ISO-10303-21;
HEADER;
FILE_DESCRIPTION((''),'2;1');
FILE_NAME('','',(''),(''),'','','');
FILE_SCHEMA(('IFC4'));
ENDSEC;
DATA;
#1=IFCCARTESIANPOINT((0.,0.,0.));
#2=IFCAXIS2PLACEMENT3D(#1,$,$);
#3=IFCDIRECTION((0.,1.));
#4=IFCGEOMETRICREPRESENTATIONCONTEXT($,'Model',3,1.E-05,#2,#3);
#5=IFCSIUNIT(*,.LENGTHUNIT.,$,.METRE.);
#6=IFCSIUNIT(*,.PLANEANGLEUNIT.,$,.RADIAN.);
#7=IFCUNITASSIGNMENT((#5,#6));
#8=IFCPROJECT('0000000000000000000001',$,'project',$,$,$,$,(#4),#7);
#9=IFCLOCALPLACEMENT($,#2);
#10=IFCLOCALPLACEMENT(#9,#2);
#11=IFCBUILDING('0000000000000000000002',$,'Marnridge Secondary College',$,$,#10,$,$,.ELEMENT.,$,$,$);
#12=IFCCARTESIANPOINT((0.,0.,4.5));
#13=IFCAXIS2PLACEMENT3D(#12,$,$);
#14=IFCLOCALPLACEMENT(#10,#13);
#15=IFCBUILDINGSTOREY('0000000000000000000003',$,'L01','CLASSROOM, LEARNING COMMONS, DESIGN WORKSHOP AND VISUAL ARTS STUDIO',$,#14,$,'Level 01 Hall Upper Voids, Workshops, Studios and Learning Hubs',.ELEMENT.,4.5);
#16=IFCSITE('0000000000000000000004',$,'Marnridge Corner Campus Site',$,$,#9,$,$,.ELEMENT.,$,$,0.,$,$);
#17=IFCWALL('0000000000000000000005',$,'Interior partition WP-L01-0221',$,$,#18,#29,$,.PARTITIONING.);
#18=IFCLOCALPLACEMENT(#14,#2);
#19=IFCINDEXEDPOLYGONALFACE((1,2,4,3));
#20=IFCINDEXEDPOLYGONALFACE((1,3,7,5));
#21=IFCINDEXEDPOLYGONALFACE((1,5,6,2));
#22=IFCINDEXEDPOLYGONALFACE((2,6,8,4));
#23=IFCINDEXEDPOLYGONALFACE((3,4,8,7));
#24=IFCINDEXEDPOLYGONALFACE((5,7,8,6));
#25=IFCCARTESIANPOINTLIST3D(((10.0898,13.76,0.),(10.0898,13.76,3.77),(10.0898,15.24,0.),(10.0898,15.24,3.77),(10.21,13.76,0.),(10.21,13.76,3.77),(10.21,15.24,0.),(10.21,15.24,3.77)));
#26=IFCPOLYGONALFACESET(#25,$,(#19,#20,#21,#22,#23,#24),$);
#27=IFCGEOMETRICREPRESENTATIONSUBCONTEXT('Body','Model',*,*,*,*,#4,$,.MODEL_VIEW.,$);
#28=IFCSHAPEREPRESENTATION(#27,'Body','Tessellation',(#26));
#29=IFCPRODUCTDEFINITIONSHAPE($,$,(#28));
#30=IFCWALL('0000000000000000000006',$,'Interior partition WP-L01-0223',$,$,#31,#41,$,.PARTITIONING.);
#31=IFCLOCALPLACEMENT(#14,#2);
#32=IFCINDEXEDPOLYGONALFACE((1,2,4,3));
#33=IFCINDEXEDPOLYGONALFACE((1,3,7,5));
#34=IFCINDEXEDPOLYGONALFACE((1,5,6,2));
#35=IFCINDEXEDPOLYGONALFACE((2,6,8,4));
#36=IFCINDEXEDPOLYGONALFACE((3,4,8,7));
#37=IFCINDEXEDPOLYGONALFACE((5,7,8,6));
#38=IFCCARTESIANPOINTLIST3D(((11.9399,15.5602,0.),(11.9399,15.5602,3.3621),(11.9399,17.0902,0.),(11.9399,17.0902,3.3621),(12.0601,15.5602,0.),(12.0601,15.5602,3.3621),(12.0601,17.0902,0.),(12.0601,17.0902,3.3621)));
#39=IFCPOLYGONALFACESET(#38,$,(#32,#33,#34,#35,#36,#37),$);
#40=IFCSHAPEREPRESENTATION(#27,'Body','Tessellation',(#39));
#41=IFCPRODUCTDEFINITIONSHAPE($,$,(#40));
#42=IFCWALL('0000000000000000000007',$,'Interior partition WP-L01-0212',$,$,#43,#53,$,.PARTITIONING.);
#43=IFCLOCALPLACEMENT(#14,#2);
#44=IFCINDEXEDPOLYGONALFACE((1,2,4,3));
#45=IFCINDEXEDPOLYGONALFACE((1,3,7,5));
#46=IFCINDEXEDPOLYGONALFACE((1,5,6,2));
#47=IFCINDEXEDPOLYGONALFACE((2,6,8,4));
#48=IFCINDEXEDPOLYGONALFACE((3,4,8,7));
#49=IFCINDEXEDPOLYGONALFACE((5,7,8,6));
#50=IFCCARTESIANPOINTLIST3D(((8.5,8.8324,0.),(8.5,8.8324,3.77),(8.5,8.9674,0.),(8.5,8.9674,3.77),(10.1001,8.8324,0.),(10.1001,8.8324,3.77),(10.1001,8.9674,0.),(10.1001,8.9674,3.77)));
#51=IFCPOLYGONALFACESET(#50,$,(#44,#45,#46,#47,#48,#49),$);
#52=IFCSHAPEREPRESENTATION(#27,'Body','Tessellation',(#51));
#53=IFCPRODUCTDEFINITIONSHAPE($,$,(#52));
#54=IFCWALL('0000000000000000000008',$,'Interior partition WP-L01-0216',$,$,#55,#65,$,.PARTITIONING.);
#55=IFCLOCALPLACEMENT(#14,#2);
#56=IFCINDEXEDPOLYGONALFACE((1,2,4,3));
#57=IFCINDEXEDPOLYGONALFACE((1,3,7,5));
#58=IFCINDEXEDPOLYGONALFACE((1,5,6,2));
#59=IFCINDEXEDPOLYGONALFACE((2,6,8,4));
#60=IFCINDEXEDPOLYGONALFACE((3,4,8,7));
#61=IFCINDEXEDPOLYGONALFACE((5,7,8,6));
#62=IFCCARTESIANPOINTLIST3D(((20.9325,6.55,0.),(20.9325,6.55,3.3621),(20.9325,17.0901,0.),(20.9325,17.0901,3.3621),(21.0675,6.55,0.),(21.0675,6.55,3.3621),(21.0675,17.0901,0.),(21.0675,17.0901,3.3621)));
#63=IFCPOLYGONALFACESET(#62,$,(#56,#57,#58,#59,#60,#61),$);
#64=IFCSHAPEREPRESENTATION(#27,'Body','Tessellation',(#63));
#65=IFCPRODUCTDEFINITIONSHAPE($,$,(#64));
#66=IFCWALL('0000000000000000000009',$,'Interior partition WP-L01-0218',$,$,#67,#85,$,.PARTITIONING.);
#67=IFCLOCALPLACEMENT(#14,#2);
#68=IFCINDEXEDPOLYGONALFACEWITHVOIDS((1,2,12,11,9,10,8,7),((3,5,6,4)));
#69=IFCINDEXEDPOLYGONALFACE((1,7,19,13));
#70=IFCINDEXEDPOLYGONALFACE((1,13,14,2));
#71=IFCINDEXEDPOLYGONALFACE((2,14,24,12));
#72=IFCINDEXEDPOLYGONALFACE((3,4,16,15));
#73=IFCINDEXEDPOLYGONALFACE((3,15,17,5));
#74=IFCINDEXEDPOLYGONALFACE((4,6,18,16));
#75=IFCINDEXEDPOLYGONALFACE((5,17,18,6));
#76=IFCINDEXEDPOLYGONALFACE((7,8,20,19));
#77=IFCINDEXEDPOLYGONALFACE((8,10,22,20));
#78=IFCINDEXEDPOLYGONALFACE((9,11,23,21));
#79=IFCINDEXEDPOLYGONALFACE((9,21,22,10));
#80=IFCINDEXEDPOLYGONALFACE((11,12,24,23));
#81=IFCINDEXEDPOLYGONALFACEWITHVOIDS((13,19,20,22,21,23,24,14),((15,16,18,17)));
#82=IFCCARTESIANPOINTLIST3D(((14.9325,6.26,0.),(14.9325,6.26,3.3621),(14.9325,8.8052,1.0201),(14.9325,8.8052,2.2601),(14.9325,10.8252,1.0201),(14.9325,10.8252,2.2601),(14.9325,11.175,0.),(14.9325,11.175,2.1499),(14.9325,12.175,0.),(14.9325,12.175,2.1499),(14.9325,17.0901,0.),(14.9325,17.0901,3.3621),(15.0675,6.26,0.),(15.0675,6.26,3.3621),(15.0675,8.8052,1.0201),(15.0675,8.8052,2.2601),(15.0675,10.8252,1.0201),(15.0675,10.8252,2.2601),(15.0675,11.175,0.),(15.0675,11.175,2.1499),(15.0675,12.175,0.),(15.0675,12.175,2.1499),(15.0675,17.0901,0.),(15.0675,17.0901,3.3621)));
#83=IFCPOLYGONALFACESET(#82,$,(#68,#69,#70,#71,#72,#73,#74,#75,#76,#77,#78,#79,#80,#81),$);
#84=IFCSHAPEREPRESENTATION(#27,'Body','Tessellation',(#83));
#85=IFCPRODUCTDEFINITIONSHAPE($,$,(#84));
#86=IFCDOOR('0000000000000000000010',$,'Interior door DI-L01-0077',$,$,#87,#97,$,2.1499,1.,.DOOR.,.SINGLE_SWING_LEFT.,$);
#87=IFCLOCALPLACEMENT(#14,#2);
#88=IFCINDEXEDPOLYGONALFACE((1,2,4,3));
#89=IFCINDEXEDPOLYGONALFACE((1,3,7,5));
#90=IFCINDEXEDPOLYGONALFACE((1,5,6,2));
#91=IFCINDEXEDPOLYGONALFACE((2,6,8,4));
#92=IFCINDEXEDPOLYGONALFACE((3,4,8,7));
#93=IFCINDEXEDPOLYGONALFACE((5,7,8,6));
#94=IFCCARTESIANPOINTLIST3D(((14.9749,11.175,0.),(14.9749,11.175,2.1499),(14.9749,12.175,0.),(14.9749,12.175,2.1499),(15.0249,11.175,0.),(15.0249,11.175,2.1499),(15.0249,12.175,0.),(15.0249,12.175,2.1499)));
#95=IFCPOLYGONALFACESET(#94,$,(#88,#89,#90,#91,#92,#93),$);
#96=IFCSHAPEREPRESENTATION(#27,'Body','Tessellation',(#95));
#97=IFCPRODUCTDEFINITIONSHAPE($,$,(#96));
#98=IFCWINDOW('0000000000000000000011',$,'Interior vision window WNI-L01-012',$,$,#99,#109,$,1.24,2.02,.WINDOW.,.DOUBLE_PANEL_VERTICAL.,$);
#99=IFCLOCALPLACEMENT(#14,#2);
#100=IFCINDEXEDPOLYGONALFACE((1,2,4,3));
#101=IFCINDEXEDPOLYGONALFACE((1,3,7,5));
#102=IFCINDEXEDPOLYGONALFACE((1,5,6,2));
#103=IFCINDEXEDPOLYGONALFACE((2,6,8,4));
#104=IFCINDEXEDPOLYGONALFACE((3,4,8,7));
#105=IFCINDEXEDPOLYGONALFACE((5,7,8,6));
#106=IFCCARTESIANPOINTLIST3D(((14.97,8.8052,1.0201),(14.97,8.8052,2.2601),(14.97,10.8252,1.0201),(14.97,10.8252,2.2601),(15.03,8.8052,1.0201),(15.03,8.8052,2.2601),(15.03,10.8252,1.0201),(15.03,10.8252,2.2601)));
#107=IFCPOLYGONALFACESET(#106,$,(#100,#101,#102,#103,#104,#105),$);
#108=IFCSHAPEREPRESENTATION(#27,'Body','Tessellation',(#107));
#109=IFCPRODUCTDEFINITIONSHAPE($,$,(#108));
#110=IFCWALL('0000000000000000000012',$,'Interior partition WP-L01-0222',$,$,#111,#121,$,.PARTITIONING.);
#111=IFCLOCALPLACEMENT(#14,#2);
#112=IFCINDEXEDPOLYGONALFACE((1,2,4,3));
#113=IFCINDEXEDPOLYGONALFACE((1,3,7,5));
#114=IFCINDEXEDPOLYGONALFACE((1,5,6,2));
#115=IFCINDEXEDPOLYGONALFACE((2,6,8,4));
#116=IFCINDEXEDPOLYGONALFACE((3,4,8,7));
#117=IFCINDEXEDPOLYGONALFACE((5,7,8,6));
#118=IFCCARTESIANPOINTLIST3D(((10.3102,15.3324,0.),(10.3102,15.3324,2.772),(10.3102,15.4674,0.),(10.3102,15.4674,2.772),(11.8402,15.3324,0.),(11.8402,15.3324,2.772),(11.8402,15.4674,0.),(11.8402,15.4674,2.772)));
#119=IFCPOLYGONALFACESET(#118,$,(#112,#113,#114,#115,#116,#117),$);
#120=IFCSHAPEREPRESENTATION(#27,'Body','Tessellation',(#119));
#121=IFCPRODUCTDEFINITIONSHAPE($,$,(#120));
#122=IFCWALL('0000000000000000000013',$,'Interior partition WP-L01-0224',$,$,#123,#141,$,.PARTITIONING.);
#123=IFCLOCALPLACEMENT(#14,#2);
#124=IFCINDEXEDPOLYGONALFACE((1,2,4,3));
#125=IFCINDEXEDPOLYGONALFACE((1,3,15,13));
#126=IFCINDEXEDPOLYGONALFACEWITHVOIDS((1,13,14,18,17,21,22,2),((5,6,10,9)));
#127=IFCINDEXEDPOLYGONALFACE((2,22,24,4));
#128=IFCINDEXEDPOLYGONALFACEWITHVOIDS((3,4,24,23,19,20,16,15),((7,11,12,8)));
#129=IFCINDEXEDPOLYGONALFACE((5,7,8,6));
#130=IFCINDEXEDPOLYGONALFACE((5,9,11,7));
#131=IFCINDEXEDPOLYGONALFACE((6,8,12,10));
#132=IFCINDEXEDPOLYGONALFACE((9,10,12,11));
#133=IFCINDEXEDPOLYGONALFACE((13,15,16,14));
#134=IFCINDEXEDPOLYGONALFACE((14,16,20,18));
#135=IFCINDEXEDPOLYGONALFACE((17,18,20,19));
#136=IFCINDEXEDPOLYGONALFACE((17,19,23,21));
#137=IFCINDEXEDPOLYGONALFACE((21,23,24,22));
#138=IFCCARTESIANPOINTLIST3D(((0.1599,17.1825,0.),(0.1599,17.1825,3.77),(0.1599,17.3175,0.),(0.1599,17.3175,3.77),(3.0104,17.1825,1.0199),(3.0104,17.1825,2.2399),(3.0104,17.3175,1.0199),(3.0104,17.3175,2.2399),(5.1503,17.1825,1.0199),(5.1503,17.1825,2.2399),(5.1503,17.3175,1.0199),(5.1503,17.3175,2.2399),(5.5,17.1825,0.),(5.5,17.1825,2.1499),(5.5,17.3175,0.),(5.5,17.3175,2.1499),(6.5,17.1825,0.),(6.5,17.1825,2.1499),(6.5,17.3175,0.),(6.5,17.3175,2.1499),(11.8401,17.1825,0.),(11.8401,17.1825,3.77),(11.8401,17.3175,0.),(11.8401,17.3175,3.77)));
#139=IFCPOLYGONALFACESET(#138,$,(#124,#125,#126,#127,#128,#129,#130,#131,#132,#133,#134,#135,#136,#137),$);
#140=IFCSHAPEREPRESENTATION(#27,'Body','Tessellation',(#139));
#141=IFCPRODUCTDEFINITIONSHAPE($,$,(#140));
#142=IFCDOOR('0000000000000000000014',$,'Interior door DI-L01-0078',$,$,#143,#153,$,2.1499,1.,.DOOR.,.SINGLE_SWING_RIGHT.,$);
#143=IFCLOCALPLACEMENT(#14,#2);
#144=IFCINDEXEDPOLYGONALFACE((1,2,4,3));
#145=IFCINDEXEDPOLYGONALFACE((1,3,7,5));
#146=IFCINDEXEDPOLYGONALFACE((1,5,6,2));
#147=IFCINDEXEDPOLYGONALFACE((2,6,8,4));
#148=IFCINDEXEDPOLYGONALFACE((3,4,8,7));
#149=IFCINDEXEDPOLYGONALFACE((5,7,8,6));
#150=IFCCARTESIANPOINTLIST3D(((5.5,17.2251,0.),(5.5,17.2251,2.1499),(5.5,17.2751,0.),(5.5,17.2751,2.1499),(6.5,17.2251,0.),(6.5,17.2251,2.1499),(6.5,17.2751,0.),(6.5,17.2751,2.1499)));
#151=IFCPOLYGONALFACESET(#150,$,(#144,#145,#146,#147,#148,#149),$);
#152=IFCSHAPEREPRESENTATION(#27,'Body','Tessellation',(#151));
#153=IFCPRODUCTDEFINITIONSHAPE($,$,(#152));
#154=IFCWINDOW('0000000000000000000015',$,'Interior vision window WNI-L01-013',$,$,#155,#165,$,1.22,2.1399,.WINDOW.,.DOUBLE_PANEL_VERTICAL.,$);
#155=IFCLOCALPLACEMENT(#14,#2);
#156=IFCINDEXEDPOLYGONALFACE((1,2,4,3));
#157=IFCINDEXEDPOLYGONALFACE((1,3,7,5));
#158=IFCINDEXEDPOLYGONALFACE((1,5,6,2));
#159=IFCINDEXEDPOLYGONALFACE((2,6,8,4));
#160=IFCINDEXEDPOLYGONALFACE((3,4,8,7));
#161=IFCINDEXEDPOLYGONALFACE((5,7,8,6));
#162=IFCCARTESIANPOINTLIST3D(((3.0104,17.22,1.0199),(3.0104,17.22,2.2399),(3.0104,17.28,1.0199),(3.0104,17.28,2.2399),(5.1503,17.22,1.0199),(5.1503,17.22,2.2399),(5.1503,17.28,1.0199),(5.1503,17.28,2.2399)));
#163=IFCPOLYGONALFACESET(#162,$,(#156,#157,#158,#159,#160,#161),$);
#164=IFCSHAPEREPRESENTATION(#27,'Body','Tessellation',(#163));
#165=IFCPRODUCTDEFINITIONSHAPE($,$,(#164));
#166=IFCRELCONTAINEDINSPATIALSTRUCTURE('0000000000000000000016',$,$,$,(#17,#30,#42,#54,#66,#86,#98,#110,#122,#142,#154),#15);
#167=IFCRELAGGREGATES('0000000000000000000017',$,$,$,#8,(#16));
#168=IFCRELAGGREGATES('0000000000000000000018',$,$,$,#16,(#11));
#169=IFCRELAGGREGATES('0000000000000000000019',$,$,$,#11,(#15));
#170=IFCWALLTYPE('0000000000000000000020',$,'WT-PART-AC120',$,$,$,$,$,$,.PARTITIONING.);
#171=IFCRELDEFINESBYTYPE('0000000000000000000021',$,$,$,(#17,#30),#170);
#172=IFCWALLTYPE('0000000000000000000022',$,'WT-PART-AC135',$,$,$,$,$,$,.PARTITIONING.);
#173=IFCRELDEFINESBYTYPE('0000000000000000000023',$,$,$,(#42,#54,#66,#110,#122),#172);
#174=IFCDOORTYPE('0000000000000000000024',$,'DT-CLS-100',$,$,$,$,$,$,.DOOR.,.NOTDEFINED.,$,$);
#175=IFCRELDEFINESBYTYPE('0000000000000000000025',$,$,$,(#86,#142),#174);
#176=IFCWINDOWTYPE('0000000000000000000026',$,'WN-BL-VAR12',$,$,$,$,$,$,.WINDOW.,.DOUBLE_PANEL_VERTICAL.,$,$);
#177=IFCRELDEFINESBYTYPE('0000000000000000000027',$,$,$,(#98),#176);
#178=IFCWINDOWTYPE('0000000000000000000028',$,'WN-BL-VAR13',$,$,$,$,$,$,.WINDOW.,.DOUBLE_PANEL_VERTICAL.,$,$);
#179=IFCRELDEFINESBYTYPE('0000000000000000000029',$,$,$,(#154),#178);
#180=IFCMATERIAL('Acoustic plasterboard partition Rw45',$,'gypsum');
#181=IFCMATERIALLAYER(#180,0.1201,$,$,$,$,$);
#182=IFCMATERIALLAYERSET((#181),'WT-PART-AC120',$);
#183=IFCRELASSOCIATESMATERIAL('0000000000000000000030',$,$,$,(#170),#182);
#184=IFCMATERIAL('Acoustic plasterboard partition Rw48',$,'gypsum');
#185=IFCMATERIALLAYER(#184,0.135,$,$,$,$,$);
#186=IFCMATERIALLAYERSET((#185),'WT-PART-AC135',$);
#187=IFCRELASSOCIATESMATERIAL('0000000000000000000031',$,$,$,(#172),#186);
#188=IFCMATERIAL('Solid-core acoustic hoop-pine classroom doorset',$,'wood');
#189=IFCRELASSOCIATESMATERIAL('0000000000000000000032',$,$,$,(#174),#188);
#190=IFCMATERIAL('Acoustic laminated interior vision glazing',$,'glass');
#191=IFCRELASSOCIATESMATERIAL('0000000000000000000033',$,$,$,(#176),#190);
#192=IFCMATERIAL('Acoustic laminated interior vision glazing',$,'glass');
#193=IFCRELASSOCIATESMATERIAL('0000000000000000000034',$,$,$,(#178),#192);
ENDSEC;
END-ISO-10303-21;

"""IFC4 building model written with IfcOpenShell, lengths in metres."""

from ifc_helpers import new_model, si_unit, direction, frame, frame_2d, origin, place, context, subcontext, project, spatial, rectangle, extrude, material, layer, layer_set, type_object, element, fill, save


model = new_model("IFC4")

# Units and contexts
model_context = context("Model", 3, precision=1e-05, world=origin(), true_north=direction((0.0, 1.0)))
body_context = subcontext(model_context, "Body", "Model", "MODEL_VIEW")
ifc_project = project(units=[si_unit("LENGTHUNIT", "METRE"), si_unit("PLANEANGLEUNIT", "RADIAN")], contexts=[model_context])

# Site, building, storey
site_placement = place(None, origin())
site = spatial("IfcSite", under=ifc_project, at=site_placement, Name="Marnridge Corner Campus Site", CompositionType="ELEMENT", RefElevation=0.0)
building_placement = place(site_placement, origin())
building = spatial("IfcBuilding", under=site, at=building_placement, Name="Marnridge Secondary College", CompositionType="ELEMENT")
storey_placement = place(building_placement, frame((0.0, 0.0, 4.5)))
storey = spatial("IfcBuildingStorey", under=building, at=storey_placement, Name="L01", Description="CLASSROOM, LEARNING COMMONS, DESIGN WORKSHOP AND VISUAL ARTS STUDIO", LongName="Level 01 Hall Upper Voids, Workshops, Studios and Learning Hubs", CompositionType="ELEMENT", Elevation=4.5)

# Walls
ifc_material_1 = material(Name="Acoustic plasterboard partition Rw45", Category="gypsum")
ifc_layer_1 = layer(ifc_material_1, 0.1201)
ifc_layer_set_1 = layer_set([ifc_layer_1], Name="WT-PART-AC120")
wall_type_1 = type_object("IfcWallType", Name="WT-PART-AC120", PredefinedType="PARTITIONING", material=ifc_layer_set_1)
wall_1_placement = place(storey_placement, frame((10.1499, 13.76, 0.0), z_axis=(0.0, 0.0, 1.0), x_axis=(0.0, 1.0, 0.0)))
element("IfcWall", 1, at=wall_1_placement, inside=storey, type_object=wall_type_1, Name="Interior partition WP-L01-0221", PredefinedType="PARTITIONING", context=body_context, shape_type="SweptSolid", body=[
    extrude(rectangle(XDim=1.48, YDim=0.1201, at=frame_2d((0.74, 0.0))), origin(), (0.0, 0.0, 1.0), 3.77),
])
wall_2_placement = place(storey_placement, frame((12.0, 15.5601, 0.0), z_axis=(0.0, 0.0, 1.0), x_axis=(0.0, 1.0, 0.0)))
element("IfcWall", 2, at=wall_2_placement, inside=storey, type_object=wall_type_1, Name="Interior partition WP-L01-0223", PredefinedType="PARTITIONING", context=body_context, shape_type="SweptSolid", body=[
    extrude(rectangle(XDim=1.53, YDim=0.1201, at=frame_2d((0.7651, 0.0))), origin(), (0.0, 0.0, 1.0), 3.3621),
])
ifc_material_2 = material(Name="Acoustic plasterboard partition Rw48", Category="gypsum")
ifc_layer_2 = layer(ifc_material_2, 0.135)
ifc_layer_set_2 = layer_set([ifc_layer_2], Name="WT-PART-AC135")
wall_type_2 = type_object("IfcWallType", Name="WT-PART-AC135", PredefinedType="PARTITIONING", material=ifc_layer_set_2)
wall_3_placement = place(storey_placement, frame((10.1001, 8.8999, 0.0), z_axis=(0.0, 0.0, 1.0), x_axis=(-1.0, 0.0, 0.0)))
element("IfcWall", 3, at=wall_3_placement, inside=storey, type_object=wall_type_2, Name="Interior partition WP-L01-0212", PredefinedType="PARTITIONING", context=body_context, shape_type="SweptSolid", body=[
    extrude(rectangle(XDim=1.6001, YDim=0.135, at=frame_2d((0.8, 0.0))), origin(), (0.0, 0.0, 1.0), 3.77),
])
wall_4_placement = place(storey_placement, frame((21.0, 6.55, 0.0), z_axis=(0.0, 0.0, 1.0), x_axis=(0.0, 1.0, 0.0)))
element("IfcWall", 4, at=wall_4_placement, inside=storey, type_object=wall_type_2, Name="Interior partition WP-L01-0216", PredefinedType="PARTITIONING", context=body_context, shape_type="SweptSolid", body=[
    extrude(rectangle(XDim=10.54, YDim=0.135, at=frame_2d((5.27, 0.0))), origin(), (0.0, 0.0, 1.0), 3.3621),
])

# Wall, openings, door, window
wall_5_placement = place(storey_placement, frame((15.0, 17.0901, 0.0), z_axis=(0.0, 0.0, 1.0), x_axis=(0.0, -1.0, 0.0)))
wall_5 = element("IfcWall", 5, at=wall_5_placement, inside=storey, type_object=wall_type_2, Name="Interior partition WP-L01-0218", PredefinedType="PARTITIONING", context=body_context, shape_type="SweptSolid", body=[
    extrude(rectangle(XDim=10.8301, YDim=0.135, at=frame_2d((5.415, 0.0))), origin(), (0.0, 0.0, 1.0), 3.3621),
])
opening_1_placement = place(wall_5_placement, frame((4.915, 0.0, 0.0)))
opening_1 = element("IfcOpeningElement", 6, at=opening_1_placement, cuts=wall_5, PredefinedType="OPENING", context=body_context, shape_type="SweptSolid", body=[
    extrude(rectangle(XDim=1.0, YDim=2.1499, at=frame_2d((0.5, 1.075))), frame((0.0, 0.0774, 0.0), z_axis=(0.0, -1.0, 0.0), x_axis=(1.0, 0.0, 0.0)), (0.0, 0.0, 1.0), 0.155),
])
opening_2_placement = place(wall_5_placement, frame((6.2649, 0.0, 1.02)))
opening_2 = element("IfcOpeningElement", 7, at=opening_2_placement, cuts=wall_5, PredefinedType="OPENING", context=body_context, shape_type="SweptSolid", body=[
    extrude(rectangle(XDim=2.02, YDim=1.24, at=frame_2d((1.01, 0.6201))), frame((0.0, 0.0774, 0.0), z_axis=(0.0, -1.0, 0.0), x_axis=(1.0, 0.0, 0.0)), (0.0, 0.0, 1.0), 0.155),
])
ifc_material_3 = material(Name="Solid-core acoustic hoop-pine classroom doorset", Category="wood")
door_type_1 = type_object("IfcDoorType", Name="DT-CLS-100", OperationType="NOTDEFINED", PredefinedType="DOOR", material=ifc_material_3)
door_1_placement = place(opening_1_placement, origin())
door_1 = element("IfcDoor", 8, at=door_1_placement, inside=storey, type_object=door_type_1, Name="Interior door DI-L01-0077", OperationType="SINGLE_SWING_LEFT", OverallHeight=2.1499, OverallWidth=1.0, PredefinedType="DOOR", context=body_context, shape_type="SweptSolid", body=[
    extrude(rectangle(XDim=1.0, YDim=2.1499, at=frame_2d((0.5, 1.075))), frame((0.0, 0.0249, 0.0), z_axis=(0.0, -1.0, 0.0), x_axis=(1.0, 0.0, 0.0)), (0.0, 0.0, 1.0), 0.05),
])
fill(opening_1, door_1)
ifc_material_4 = material(Name="Acoustic laminated interior vision glazing", Category="glass")
window_type_1 = type_object("IfcWindowType", Name="WN-BL-VAR12", PartitioningType="DOUBLE_PANEL_VERTICAL", PredefinedType="WINDOW", material=ifc_material_4)
window_1_placement = place(opening_2_placement, origin())
window_1 = element("IfcWindow", 9, at=window_1_placement, inside=storey, type_object=window_type_1, Name="Interior vision window WNI-L01-012", OverallHeight=1.24, OverallWidth=2.02, PartitioningType="DOUBLE_PANEL_VERTICAL", PredefinedType="WINDOW", context=body_context, shape_type="SweptSolid", body=[
    extrude(rectangle(XDim=2.02, YDim=1.24, at=frame_2d((1.01, 0.6201))), frame((0.0, 0.03, 0.0), z_axis=(0.0, -1.0, 0.0), x_axis=(1.0, 0.0, 0.0)), (0.0, 0.0, 1.0), 0.0601),
])
fill(opening_2, window_1)

# Wall
wall_6_placement = place(storey_placement, frame((10.3101, 15.3999, 0.0), z_axis=(0.0, 0.0, 1.0), x_axis=(1.0, 0.0, 0.0)))
element("IfcWall", 10, at=wall_6_placement, inside=storey, type_object=wall_type_2, Name="Interior partition WP-L01-0222", PredefinedType="PARTITIONING", context=body_context, shape_type="SweptSolid", body=[
    extrude(rectangle(XDim=1.53, YDim=0.135, at=frame_2d((0.7651, 0.0))), origin(), (0.0, 0.0, 1.0), 2.772),
])

# Wall, openings, door, window
wall_7_placement = place(storey_placement, frame((11.8401, 17.25, 0.0), z_axis=(0.0, 0.0, 1.0), x_axis=(-1.0, 0.0, 0.0)))
wall_7 = element("IfcWall", 11, at=wall_7_placement, inside=storey, type_object=wall_type_2, Name="Interior partition WP-L01-0224", PredefinedType="PARTITIONING", context=body_context, shape_type="SweptSolid", body=[
    extrude(rectangle(XDim=11.6802, YDim=0.135, at=frame_2d((5.8401, 0.0))), origin(), (0.0, 0.0, 1.0), 3.77),
])
opening_3_placement = place(wall_7_placement, frame((5.3401, 0.0, 0.0)))
opening_3 = element("IfcOpeningElement", 12, at=opening_3_placement, cuts=wall_7, PredefinedType="OPENING", context=body_context, shape_type="SweptSolid", body=[
    extrude(rectangle(XDim=1.0, YDim=2.1499, at=frame_2d((0.5, 1.075))), frame((0.0, 0.0774, 0.0), z_axis=(0.0, -1.0, 0.0), x_axis=(1.0, 0.0, 0.0)), (0.0, 0.0, 1.0), 0.155),
])
opening_4_placement = place(wall_7_placement, frame((6.6899, 0.0, 1.02)))
opening_4 = element("IfcOpeningElement", 13, at=opening_4_placement, cuts=wall_7, PredefinedType="OPENING", context=body_context, shape_type="SweptSolid", body=[
    extrude(rectangle(XDim=2.1399, YDim=1.22, at=frame_2d((1.0698, 0.6099))), frame((0.0, 0.0774, 0.0), z_axis=(0.0, -1.0, 0.0), x_axis=(1.0, 0.0, 0.0)), (0.0, 0.0, 1.0), 0.155),
])
door_2_placement = place(opening_3_placement, origin())
door_2 = element("IfcDoor", 14, at=door_2_placement, inside=storey, type_object=door_type_1, Name="Interior door DI-L01-0078", OperationType="SINGLE_SWING_RIGHT", OverallHeight=2.1499, OverallWidth=1.0, PredefinedType="DOOR", context=body_context, shape_type="SweptSolid", body=[
    extrude(rectangle(XDim=1.0, YDim=2.1499, at=frame_2d((0.5, 1.075))), frame((0.0, 0.0249, 0.0), z_axis=(0.0, -1.0, 0.0), x_axis=(1.0, 0.0, 0.0)), (0.0, 0.0, 1.0), 0.05),
])
fill(opening_3, door_2)
ifc_material_5 = material(Name="Acoustic laminated interior vision glazing", Category="glass")
window_type_2 = type_object("IfcWindowType", Name="WN-BL-VAR13", PartitioningType="DOUBLE_PANEL_VERTICAL", PredefinedType="WINDOW", material=ifc_material_5)
window_2_placement = place(opening_4_placement, origin())
window_2 = element("IfcWindow", 15, at=window_2_placement, inside=storey, type_object=window_type_2, Name="Interior vision window WNI-L01-013", OverallHeight=1.22, OverallWidth=2.1399, PartitioningType="DOUBLE_PANEL_VERTICAL", PredefinedType="WINDOW", context=body_context, shape_type="SweptSolid", body=[
    extrude(rectangle(XDim=2.1399, YDim=1.22, at=frame_2d((1.0698, 0.6099))), frame((0.0, 0.03, 0.0), z_axis=(0.0, -1.0, 0.0), x_axis=(1.0, 0.0, 0.0)), (0.0, 0.0, 1.0), 0.0601),
])
fill(opening_4, window_2)

save(model, "model.ifc")
